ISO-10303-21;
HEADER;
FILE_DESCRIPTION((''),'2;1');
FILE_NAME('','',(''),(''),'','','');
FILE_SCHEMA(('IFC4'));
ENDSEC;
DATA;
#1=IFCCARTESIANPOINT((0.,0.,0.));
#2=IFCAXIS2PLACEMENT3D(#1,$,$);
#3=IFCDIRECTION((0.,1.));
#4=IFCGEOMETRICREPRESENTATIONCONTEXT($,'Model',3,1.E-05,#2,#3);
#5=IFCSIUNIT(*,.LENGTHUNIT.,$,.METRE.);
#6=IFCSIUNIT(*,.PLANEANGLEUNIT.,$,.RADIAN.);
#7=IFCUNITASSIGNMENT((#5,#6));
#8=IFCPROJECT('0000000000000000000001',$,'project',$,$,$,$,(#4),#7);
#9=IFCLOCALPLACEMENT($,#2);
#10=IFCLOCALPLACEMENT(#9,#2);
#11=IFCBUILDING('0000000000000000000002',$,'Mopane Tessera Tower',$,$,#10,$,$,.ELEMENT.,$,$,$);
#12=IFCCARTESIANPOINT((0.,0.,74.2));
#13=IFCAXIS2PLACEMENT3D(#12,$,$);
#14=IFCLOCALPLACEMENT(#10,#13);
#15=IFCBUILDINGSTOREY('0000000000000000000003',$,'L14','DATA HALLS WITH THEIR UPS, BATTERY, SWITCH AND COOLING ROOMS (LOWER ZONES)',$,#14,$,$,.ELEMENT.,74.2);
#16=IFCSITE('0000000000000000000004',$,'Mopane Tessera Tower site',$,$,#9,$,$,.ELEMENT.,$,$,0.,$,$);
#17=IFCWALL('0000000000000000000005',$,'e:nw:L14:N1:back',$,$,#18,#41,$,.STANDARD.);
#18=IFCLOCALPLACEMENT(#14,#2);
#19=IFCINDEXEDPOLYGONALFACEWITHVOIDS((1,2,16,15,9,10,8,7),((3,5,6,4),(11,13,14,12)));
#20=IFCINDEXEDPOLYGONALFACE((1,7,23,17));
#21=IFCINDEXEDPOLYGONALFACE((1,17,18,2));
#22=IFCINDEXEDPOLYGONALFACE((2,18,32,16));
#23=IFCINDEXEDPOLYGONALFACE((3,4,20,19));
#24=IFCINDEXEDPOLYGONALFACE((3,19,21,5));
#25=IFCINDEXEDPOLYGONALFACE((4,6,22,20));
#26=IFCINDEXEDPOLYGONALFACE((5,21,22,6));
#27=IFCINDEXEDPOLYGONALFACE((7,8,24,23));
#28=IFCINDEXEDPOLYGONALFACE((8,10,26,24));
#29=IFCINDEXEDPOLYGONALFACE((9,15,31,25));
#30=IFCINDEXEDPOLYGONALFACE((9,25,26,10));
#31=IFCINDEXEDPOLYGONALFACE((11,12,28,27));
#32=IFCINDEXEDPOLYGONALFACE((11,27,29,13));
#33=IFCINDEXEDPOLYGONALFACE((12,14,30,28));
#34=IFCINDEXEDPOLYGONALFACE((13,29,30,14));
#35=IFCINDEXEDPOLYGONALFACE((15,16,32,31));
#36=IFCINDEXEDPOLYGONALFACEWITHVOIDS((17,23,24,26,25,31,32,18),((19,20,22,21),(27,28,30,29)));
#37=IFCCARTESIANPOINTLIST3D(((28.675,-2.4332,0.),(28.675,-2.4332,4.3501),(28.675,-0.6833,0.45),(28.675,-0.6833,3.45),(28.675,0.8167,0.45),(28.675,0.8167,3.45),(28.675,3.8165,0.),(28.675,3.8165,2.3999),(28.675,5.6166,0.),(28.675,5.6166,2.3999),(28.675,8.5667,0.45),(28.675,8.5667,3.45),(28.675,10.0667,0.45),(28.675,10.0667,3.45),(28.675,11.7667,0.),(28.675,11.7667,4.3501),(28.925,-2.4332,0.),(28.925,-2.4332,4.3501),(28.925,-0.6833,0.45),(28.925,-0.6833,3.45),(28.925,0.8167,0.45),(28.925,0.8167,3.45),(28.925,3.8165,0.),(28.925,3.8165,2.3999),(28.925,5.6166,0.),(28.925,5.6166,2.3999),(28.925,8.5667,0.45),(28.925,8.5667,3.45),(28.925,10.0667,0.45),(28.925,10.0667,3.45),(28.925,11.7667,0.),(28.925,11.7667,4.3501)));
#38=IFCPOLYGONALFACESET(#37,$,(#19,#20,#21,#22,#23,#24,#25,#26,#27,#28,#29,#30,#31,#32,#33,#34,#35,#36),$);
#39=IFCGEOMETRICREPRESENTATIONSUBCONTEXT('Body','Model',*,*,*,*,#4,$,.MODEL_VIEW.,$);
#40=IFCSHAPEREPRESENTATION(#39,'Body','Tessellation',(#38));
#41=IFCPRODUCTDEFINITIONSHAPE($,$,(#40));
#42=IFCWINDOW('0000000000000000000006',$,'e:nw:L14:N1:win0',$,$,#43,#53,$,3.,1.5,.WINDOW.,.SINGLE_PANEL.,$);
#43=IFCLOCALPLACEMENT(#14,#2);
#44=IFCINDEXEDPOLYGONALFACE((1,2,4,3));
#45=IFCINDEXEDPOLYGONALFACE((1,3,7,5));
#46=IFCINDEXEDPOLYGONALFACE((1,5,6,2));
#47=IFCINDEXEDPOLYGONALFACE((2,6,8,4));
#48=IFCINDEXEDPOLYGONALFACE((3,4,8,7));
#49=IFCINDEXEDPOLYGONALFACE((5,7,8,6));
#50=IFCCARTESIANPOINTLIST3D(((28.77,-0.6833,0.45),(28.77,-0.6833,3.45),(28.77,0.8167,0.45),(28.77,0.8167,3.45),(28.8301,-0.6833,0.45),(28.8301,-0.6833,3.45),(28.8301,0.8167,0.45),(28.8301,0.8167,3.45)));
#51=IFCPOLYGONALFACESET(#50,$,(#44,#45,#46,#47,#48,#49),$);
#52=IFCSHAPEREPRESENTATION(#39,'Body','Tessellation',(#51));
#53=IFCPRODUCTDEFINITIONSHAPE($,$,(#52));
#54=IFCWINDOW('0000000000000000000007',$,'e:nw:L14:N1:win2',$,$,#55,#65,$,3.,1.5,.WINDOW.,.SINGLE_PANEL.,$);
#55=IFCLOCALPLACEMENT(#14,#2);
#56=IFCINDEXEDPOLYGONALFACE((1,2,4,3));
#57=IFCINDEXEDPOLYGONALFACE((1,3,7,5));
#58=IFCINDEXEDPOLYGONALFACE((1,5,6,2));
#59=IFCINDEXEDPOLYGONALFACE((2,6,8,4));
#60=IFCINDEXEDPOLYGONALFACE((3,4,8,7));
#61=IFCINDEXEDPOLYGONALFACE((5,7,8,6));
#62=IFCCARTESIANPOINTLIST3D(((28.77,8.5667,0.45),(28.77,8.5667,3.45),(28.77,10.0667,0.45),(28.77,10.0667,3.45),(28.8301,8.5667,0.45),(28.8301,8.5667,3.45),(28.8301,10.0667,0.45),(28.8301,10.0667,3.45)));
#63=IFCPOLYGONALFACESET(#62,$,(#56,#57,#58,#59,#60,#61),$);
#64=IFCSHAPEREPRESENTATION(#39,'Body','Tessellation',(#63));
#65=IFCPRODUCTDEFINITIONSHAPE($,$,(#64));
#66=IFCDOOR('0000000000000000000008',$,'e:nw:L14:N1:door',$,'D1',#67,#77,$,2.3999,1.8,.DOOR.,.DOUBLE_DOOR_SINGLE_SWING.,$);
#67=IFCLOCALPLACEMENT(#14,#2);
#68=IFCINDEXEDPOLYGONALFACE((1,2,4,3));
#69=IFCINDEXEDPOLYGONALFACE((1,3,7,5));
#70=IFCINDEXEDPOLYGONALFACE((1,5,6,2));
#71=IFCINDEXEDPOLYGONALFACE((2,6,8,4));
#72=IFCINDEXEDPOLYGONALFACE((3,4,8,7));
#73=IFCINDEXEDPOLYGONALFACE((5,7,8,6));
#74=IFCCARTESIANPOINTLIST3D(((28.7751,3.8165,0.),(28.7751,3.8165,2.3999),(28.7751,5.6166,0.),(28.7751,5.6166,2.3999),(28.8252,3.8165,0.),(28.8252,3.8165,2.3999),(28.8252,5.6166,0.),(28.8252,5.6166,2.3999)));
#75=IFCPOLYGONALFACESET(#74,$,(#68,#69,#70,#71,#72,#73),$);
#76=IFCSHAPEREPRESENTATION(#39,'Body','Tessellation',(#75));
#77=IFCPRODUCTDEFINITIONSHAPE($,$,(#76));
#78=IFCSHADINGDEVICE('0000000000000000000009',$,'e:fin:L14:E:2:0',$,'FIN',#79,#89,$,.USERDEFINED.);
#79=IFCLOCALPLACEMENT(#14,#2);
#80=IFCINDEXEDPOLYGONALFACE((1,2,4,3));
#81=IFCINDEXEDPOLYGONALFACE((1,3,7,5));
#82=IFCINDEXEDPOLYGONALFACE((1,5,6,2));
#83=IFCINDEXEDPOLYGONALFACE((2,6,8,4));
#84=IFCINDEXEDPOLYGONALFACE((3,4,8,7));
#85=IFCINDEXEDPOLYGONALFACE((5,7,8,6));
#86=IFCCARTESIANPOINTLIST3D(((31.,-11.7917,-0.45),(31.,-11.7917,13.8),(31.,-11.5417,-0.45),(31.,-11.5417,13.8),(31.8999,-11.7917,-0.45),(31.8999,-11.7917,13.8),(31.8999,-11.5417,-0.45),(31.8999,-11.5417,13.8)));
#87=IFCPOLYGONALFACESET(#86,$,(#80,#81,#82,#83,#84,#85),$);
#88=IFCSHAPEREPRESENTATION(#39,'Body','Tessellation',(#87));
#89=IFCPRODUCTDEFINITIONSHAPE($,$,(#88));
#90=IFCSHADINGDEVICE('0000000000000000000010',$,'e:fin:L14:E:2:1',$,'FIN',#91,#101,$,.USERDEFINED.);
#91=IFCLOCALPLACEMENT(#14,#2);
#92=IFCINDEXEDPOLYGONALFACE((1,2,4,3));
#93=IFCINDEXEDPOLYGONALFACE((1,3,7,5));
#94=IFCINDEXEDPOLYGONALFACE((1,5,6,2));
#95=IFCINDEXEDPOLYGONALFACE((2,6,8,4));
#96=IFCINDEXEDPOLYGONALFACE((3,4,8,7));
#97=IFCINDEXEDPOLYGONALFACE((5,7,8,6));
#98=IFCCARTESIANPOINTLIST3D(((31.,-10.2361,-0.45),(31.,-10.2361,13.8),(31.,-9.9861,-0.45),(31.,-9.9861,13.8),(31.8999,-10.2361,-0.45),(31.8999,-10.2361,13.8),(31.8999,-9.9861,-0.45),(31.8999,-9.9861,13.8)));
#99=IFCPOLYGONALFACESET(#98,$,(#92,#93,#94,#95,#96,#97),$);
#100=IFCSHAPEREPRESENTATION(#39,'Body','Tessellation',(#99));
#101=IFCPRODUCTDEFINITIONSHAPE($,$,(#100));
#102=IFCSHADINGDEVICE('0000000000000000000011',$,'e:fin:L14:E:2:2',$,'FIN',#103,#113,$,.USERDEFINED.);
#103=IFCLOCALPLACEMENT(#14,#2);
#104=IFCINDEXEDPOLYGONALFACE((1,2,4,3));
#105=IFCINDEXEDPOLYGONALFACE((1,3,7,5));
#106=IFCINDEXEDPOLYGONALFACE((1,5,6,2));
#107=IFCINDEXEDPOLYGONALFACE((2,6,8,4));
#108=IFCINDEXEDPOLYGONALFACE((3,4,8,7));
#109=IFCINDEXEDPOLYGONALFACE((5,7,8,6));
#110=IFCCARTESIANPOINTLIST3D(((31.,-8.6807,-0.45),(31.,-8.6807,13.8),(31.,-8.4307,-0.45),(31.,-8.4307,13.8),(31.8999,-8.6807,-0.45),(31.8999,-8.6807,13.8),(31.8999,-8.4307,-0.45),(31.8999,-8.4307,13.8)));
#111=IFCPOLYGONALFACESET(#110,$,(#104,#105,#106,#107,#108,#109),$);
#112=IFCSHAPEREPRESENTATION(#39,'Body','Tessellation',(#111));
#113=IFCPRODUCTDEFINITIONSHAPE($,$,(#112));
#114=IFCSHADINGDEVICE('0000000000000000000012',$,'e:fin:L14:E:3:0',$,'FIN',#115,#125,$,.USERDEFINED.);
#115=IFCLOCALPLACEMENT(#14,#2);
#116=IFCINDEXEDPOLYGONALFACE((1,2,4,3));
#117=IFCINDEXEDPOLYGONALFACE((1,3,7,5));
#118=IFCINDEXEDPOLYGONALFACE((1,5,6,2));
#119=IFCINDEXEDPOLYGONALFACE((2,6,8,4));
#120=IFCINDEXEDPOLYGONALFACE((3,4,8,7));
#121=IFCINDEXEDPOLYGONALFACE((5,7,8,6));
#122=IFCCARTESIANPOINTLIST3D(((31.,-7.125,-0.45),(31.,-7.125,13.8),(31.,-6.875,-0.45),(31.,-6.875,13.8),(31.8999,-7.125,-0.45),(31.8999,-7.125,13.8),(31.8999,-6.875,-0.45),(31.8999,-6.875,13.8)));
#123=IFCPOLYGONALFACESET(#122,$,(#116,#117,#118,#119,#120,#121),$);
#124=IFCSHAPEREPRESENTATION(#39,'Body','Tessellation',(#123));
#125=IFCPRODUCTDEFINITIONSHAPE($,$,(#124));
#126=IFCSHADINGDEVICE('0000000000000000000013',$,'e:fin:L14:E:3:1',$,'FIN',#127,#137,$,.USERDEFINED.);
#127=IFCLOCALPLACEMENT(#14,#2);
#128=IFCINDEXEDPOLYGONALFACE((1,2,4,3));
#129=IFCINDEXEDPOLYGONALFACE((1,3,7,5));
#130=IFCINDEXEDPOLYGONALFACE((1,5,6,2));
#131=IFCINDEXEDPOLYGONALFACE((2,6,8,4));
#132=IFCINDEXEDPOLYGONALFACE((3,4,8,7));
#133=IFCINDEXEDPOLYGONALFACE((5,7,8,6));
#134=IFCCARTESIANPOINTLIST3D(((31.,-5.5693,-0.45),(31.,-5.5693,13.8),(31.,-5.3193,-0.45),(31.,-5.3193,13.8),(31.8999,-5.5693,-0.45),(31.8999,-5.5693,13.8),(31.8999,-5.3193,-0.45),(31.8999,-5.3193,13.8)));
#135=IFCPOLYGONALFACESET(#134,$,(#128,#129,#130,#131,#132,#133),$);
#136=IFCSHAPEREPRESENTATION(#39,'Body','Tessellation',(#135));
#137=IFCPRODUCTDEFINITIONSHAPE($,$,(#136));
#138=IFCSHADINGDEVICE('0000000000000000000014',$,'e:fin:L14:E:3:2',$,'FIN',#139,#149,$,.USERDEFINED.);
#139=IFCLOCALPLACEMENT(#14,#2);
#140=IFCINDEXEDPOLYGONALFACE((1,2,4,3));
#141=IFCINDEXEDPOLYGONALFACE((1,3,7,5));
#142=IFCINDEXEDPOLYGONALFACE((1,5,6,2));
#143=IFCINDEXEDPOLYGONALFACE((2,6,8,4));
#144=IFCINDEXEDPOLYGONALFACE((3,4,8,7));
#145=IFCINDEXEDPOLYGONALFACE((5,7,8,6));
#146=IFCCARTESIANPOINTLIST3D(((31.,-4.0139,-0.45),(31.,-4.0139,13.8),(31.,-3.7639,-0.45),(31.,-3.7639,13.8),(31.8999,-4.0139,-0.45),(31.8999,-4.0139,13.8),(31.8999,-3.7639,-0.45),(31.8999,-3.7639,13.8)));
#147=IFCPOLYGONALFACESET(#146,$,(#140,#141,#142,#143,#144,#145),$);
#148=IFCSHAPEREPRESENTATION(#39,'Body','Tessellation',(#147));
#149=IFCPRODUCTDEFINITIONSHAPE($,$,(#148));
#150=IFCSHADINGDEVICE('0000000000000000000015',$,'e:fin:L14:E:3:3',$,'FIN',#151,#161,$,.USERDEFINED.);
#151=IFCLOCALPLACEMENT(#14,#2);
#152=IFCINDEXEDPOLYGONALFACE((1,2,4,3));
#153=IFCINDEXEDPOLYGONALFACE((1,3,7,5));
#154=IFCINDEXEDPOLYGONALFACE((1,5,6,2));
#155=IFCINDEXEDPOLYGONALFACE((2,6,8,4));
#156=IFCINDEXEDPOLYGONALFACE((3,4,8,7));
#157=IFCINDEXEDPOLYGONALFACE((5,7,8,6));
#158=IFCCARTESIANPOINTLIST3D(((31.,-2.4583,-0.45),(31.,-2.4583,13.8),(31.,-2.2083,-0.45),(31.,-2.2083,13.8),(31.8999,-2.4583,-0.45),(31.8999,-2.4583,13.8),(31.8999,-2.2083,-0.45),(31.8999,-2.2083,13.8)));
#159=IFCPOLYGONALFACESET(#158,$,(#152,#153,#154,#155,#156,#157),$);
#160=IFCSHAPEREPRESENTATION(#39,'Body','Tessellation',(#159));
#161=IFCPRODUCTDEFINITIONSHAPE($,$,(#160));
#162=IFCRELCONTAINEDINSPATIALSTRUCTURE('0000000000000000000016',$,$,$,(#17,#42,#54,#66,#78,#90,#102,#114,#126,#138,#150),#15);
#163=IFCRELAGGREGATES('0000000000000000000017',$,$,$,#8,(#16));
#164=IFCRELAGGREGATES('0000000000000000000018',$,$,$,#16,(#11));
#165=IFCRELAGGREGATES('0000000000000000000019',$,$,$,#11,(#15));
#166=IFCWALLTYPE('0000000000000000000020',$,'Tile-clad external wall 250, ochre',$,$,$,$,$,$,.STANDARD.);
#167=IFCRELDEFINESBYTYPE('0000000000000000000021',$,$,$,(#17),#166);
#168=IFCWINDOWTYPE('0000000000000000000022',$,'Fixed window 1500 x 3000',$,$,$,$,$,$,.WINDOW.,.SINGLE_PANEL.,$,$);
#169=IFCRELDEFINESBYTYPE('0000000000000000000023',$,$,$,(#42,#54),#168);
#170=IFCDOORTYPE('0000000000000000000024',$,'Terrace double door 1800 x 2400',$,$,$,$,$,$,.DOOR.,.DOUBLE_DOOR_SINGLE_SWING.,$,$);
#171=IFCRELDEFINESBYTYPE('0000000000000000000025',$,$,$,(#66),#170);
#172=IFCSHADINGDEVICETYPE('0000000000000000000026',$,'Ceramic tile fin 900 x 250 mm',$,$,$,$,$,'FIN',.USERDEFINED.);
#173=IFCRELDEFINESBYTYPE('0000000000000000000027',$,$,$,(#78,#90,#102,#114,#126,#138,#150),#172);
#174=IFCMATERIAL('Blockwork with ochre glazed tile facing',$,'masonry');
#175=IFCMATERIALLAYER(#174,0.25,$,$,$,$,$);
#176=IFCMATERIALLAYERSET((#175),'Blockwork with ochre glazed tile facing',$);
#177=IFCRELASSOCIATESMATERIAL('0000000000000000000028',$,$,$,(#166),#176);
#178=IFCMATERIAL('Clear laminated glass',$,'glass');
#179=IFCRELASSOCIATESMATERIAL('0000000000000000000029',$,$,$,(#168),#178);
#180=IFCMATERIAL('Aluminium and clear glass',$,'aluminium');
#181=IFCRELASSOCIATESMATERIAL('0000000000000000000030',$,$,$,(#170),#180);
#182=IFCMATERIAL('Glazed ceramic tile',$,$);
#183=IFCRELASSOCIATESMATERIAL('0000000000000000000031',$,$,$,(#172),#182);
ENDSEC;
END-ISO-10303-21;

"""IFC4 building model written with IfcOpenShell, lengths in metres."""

from ifc_helpers import new_model, si_unit, direction, frame, frame_2d, origin, origin_2d, place, context, subcontext, project, spatial, rectangle, extrude, material, layer, layer_set, type_object, element, fill, save


model = new_model("IFC4")

# Units and contexts
model_context = context("Model", 3, precision=1e-05, world=origin(), true_north=direction((0.0, 1.0)))
body_context = subcontext(model_context, "Body", "Model", "MODEL_VIEW")
ifc_project = project(units=[si_unit("LENGTHUNIT", "METRE"), si_unit("PLANEANGLEUNIT", "RADIAN")], contexts=[model_context])

# Site, building, storey
site_placement = place(None, origin())
site = spatial("IfcSite", under=ifc_project, at=site_placement, Name="Mopane Tessera Tower site", CompositionType="ELEMENT", RefElevation=0.0)
building_placement = place(site_placement, origin())
building = spatial("IfcBuilding", under=site, at=building_placement, Name="Mopane Tessera Tower", CompositionType="ELEMENT")
storey_placement = place(building_placement, frame((0.0, 0.0, 74.2)))
storey = spatial("IfcBuildingStorey", under=building, at=storey_placement, Name="L14", Description="DATA HALLS WITH THEIR UPS, BATTERY, SWITCH AND COOLING ROOMS (LOWER ZONES)", CompositionType="ELEMENT", Elevation=74.2)

# Wall, openings, windows, door
ifc_material_1 = material(Name="Blockwork with ochre glazed tile facing", Category="masonry")
ifc_layer_1 = layer(ifc_material_1, 0.25)
ifc_layer_set_1 = layer_set([ifc_layer_1], Name="Blockwork with ochre glazed tile facing")
wall_type_1 = type_object("IfcWallType", Name="Tile-clad external wall 250, ochre", PredefinedType="STANDARD", material=ifc_layer_set_1)
wall_1_placement = place(storey_placement, frame((28.8, -2.4333, 0.0), z_axis=(0.0, 0.0, 1.0), x_axis=(0.0, 1.0, 0.0)))
wall_1 = element("IfcWall", 1, at=wall_1_placement, inside=storey, type_object=wall_type_1, Name="e:nw:L14:N1:back", PredefinedType="STANDARD", context=body_context, shape_type="SweptSolid", body=[
    extrude(rectangle(XDim=14.2, YDim=0.25, at=frame_2d((7.1001, 0.0))), origin(), (0.0, 0.0, 1.0), 4.3501),
])
opening_1_placement = place(wall_1_placement, frame((1.75, 0.0, 0.45)))
opening_1 = element("IfcOpeningElement", 2, at=opening_1_placement, cuts=wall_1, PredefinedType="OPENING", context=body_context, shape_type="SweptSolid", body=[
    extrude(rectangle(XDim=1.5, YDim=3.0, at=frame_2d((0.75, 1.5))), frame((0.0, 0.137, 0.0), z_axis=(0.0, -1.0, 0.0), x_axis=(1.0, 0.0, 0.0)), (0.0, 0.0, 1.0), 0.2739),
])
opening_2_placement = place(wall_1_placement, frame((6.25, 0.0, 0.0)))
opening_2 = element("IfcOpeningElement", 3, at=opening_2_placement, cuts=wall_1, PredefinedType="OPENING", context=body_context, shape_type="SweptSolid", body=[
    extrude(rectangle(XDim=1.8, YDim=2.3999, at=frame_2d((0.8999, 1.2))), frame((0.0, 0.137, 0.0), z_axis=(0.0, -1.0, 0.0), x_axis=(1.0, 0.0, 0.0)), (0.0, 0.0, 1.0), 0.2739),
])
opening_3_placement = place(wall_1_placement, frame((11.0, 0.0, 0.45)))
opening_3 = element("IfcOpeningElement", 4, at=opening_3_placement, cuts=wall_1, PredefinedType="OPENING", context=body_context, shape_type="SweptSolid", body=[
    extrude(rectangle(XDim=1.5, YDim=3.0, at=frame_2d((0.75, 1.5))), frame((0.0, 0.137, 0.0), z_axis=(0.0, -1.0, 0.0), x_axis=(1.0, 0.0, 0.0)), (0.0, 0.0, 1.0), 0.2739),
])
ifc_material_2 = material(Name="Clear laminated glass", Category="glass")
window_type = type_object("IfcWindowType", Name="Fixed window 1500 x 3000", PartitioningType="SINGLE_PANEL", PredefinedType="WINDOW", material=ifc_material_2)
window_1_placement = place(opening_1_placement, origin())
window_1 = element("IfcWindow", 5, at=window_1_placement, inside=storey, type_object=window_type, Name="e:nw:L14:N1:win0", OverallHeight=3.0, OverallWidth=1.5, PartitioningType="SINGLE_PANEL", PredefinedType="WINDOW", context=body_context, shape_type="SweptSolid", body=[
    extrude(rectangle(XDim=1.5, YDim=3.0, at=frame_2d((0.75, 1.5))), frame((0.0, 0.03, 0.0), z_axis=(0.0, -1.0, 0.0), x_axis=(1.0, 0.0, 0.0)), (0.0, 0.0, 1.0), 0.0601),
])
fill(opening_1, window_1)
window_2_placement = place(opening_3_placement, origin())
window_2 = element("IfcWindow", 6, at=window_2_placement, inside=storey, type_object=window_type, Name="e:nw:L14:N1:win2", OverallHeight=3.0, OverallWidth=1.5, PartitioningType="SINGLE_PANEL", PredefinedType="WINDOW", context=body_context, shape_type="SweptSolid", body=[
    extrude(rectangle(XDim=1.5, YDim=3.0, at=frame_2d((0.75, 1.5))), frame((0.0, 0.03, 0.0), z_axis=(0.0, -1.0, 0.0), x_axis=(1.0, 0.0, 0.0)), (0.0, 0.0, 1.0), 0.0601),
])
fill(opening_3, window_2)
ifc_material_3 = material(Name="Aluminium and clear glass", Category="aluminium")
door_type_1 = type_object("IfcDoorType", Name="Terrace double door 1800 x 2400", OperationType="DOUBLE_DOOR_SINGLE_SWING", PredefinedType="DOOR", material=ifc_material_3)
door_1_placement = place(opening_2_placement, origin())
door_1 = element("IfcDoor", 7, at=door_1_placement, inside=storey, type_object=door_type_1, Name="e:nw:L14:N1:door", ObjectType="D1", OperationType="DOUBLE_DOOR_SINGLE_SWING", OverallHeight=2.3999, OverallWidth=1.8, PredefinedType="DOOR", context=body_context, shape_type="SweptSolid", body=[
    extrude(rectangle(XDim=1.8, YDim=2.3999, at=frame_2d((0.8999, 1.2))), frame((0.0, 0.0249, 0.0), z_axis=(0.0, -1.0, 0.0), x_axis=(1.0, 0.0, 0.0)), (0.0, 0.0, 1.0), 0.05),
])
fill(opening_2, door_1)

# Shading devices
ifc_material_4 = material(Name="Glazed ceramic tile")
shading_device_type = type_object("IfcShadingDeviceType", Name="Ceramic tile fin 900 x 250 mm", ElementType="FIN", PredefinedType="USERDEFINED", material=ifc_material_4)
for number, where, z_axis, x_axis, name in (
    (8, (31.45, -11.6667, -0.45), (0.0, 0.0, 1.0), (0.0, 1.0, 0.0), "e:fin:L14:E:2:0"),
    (9, (31.45, -10.1111, -0.45), (0.0, 0.0, 1.0), (0.0, 1.0, 0.0), "e:fin:L14:E:2:1"),
    (10, (31.45, -8.5557, -0.45), (0.0, 0.0, 1.0), (0.0, 1.0, 0.0), "e:fin:L14:E:2:2"),
    (11, (31.45, -7.0, -0.45), (0.0, 0.0, 1.0), (0.0, 1.0, 0.0), "e:fin:L14:E:3:0"),
    (12, (31.45, -5.4443, -0.45), (0.0, 0.0, 1.0), (0.0, 1.0, 0.0), "e:fin:L14:E:3:1"),
    (13, (31.45, -3.8889, -0.45), (0.0, 0.0, 1.0), (0.0, 1.0, 0.0), "e:fin:L14:E:3:2"),
    (14, (31.45, -2.3333, -0.45), (0.0, 0.0, 1.0), (0.0, 1.0, 0.0), "e:fin:L14:E:3:3"),
):
    element("IfcShadingDevice", number, at=place(storey_placement, frame(where, z_axis=z_axis, x_axis=x_axis)), inside=storey, type_object=shading_device_type, Name=name, ObjectType="FIN", PredefinedType="USERDEFINED", context=body_context, shape_type="SweptSolid", body=[
        extrude(rectangle(XDim=0.25, YDim=0.8999, at=origin_2d()), origin(), (0.0, 0.0, 1.0), 14.25),
    ])

save(model, "model.ifc")
